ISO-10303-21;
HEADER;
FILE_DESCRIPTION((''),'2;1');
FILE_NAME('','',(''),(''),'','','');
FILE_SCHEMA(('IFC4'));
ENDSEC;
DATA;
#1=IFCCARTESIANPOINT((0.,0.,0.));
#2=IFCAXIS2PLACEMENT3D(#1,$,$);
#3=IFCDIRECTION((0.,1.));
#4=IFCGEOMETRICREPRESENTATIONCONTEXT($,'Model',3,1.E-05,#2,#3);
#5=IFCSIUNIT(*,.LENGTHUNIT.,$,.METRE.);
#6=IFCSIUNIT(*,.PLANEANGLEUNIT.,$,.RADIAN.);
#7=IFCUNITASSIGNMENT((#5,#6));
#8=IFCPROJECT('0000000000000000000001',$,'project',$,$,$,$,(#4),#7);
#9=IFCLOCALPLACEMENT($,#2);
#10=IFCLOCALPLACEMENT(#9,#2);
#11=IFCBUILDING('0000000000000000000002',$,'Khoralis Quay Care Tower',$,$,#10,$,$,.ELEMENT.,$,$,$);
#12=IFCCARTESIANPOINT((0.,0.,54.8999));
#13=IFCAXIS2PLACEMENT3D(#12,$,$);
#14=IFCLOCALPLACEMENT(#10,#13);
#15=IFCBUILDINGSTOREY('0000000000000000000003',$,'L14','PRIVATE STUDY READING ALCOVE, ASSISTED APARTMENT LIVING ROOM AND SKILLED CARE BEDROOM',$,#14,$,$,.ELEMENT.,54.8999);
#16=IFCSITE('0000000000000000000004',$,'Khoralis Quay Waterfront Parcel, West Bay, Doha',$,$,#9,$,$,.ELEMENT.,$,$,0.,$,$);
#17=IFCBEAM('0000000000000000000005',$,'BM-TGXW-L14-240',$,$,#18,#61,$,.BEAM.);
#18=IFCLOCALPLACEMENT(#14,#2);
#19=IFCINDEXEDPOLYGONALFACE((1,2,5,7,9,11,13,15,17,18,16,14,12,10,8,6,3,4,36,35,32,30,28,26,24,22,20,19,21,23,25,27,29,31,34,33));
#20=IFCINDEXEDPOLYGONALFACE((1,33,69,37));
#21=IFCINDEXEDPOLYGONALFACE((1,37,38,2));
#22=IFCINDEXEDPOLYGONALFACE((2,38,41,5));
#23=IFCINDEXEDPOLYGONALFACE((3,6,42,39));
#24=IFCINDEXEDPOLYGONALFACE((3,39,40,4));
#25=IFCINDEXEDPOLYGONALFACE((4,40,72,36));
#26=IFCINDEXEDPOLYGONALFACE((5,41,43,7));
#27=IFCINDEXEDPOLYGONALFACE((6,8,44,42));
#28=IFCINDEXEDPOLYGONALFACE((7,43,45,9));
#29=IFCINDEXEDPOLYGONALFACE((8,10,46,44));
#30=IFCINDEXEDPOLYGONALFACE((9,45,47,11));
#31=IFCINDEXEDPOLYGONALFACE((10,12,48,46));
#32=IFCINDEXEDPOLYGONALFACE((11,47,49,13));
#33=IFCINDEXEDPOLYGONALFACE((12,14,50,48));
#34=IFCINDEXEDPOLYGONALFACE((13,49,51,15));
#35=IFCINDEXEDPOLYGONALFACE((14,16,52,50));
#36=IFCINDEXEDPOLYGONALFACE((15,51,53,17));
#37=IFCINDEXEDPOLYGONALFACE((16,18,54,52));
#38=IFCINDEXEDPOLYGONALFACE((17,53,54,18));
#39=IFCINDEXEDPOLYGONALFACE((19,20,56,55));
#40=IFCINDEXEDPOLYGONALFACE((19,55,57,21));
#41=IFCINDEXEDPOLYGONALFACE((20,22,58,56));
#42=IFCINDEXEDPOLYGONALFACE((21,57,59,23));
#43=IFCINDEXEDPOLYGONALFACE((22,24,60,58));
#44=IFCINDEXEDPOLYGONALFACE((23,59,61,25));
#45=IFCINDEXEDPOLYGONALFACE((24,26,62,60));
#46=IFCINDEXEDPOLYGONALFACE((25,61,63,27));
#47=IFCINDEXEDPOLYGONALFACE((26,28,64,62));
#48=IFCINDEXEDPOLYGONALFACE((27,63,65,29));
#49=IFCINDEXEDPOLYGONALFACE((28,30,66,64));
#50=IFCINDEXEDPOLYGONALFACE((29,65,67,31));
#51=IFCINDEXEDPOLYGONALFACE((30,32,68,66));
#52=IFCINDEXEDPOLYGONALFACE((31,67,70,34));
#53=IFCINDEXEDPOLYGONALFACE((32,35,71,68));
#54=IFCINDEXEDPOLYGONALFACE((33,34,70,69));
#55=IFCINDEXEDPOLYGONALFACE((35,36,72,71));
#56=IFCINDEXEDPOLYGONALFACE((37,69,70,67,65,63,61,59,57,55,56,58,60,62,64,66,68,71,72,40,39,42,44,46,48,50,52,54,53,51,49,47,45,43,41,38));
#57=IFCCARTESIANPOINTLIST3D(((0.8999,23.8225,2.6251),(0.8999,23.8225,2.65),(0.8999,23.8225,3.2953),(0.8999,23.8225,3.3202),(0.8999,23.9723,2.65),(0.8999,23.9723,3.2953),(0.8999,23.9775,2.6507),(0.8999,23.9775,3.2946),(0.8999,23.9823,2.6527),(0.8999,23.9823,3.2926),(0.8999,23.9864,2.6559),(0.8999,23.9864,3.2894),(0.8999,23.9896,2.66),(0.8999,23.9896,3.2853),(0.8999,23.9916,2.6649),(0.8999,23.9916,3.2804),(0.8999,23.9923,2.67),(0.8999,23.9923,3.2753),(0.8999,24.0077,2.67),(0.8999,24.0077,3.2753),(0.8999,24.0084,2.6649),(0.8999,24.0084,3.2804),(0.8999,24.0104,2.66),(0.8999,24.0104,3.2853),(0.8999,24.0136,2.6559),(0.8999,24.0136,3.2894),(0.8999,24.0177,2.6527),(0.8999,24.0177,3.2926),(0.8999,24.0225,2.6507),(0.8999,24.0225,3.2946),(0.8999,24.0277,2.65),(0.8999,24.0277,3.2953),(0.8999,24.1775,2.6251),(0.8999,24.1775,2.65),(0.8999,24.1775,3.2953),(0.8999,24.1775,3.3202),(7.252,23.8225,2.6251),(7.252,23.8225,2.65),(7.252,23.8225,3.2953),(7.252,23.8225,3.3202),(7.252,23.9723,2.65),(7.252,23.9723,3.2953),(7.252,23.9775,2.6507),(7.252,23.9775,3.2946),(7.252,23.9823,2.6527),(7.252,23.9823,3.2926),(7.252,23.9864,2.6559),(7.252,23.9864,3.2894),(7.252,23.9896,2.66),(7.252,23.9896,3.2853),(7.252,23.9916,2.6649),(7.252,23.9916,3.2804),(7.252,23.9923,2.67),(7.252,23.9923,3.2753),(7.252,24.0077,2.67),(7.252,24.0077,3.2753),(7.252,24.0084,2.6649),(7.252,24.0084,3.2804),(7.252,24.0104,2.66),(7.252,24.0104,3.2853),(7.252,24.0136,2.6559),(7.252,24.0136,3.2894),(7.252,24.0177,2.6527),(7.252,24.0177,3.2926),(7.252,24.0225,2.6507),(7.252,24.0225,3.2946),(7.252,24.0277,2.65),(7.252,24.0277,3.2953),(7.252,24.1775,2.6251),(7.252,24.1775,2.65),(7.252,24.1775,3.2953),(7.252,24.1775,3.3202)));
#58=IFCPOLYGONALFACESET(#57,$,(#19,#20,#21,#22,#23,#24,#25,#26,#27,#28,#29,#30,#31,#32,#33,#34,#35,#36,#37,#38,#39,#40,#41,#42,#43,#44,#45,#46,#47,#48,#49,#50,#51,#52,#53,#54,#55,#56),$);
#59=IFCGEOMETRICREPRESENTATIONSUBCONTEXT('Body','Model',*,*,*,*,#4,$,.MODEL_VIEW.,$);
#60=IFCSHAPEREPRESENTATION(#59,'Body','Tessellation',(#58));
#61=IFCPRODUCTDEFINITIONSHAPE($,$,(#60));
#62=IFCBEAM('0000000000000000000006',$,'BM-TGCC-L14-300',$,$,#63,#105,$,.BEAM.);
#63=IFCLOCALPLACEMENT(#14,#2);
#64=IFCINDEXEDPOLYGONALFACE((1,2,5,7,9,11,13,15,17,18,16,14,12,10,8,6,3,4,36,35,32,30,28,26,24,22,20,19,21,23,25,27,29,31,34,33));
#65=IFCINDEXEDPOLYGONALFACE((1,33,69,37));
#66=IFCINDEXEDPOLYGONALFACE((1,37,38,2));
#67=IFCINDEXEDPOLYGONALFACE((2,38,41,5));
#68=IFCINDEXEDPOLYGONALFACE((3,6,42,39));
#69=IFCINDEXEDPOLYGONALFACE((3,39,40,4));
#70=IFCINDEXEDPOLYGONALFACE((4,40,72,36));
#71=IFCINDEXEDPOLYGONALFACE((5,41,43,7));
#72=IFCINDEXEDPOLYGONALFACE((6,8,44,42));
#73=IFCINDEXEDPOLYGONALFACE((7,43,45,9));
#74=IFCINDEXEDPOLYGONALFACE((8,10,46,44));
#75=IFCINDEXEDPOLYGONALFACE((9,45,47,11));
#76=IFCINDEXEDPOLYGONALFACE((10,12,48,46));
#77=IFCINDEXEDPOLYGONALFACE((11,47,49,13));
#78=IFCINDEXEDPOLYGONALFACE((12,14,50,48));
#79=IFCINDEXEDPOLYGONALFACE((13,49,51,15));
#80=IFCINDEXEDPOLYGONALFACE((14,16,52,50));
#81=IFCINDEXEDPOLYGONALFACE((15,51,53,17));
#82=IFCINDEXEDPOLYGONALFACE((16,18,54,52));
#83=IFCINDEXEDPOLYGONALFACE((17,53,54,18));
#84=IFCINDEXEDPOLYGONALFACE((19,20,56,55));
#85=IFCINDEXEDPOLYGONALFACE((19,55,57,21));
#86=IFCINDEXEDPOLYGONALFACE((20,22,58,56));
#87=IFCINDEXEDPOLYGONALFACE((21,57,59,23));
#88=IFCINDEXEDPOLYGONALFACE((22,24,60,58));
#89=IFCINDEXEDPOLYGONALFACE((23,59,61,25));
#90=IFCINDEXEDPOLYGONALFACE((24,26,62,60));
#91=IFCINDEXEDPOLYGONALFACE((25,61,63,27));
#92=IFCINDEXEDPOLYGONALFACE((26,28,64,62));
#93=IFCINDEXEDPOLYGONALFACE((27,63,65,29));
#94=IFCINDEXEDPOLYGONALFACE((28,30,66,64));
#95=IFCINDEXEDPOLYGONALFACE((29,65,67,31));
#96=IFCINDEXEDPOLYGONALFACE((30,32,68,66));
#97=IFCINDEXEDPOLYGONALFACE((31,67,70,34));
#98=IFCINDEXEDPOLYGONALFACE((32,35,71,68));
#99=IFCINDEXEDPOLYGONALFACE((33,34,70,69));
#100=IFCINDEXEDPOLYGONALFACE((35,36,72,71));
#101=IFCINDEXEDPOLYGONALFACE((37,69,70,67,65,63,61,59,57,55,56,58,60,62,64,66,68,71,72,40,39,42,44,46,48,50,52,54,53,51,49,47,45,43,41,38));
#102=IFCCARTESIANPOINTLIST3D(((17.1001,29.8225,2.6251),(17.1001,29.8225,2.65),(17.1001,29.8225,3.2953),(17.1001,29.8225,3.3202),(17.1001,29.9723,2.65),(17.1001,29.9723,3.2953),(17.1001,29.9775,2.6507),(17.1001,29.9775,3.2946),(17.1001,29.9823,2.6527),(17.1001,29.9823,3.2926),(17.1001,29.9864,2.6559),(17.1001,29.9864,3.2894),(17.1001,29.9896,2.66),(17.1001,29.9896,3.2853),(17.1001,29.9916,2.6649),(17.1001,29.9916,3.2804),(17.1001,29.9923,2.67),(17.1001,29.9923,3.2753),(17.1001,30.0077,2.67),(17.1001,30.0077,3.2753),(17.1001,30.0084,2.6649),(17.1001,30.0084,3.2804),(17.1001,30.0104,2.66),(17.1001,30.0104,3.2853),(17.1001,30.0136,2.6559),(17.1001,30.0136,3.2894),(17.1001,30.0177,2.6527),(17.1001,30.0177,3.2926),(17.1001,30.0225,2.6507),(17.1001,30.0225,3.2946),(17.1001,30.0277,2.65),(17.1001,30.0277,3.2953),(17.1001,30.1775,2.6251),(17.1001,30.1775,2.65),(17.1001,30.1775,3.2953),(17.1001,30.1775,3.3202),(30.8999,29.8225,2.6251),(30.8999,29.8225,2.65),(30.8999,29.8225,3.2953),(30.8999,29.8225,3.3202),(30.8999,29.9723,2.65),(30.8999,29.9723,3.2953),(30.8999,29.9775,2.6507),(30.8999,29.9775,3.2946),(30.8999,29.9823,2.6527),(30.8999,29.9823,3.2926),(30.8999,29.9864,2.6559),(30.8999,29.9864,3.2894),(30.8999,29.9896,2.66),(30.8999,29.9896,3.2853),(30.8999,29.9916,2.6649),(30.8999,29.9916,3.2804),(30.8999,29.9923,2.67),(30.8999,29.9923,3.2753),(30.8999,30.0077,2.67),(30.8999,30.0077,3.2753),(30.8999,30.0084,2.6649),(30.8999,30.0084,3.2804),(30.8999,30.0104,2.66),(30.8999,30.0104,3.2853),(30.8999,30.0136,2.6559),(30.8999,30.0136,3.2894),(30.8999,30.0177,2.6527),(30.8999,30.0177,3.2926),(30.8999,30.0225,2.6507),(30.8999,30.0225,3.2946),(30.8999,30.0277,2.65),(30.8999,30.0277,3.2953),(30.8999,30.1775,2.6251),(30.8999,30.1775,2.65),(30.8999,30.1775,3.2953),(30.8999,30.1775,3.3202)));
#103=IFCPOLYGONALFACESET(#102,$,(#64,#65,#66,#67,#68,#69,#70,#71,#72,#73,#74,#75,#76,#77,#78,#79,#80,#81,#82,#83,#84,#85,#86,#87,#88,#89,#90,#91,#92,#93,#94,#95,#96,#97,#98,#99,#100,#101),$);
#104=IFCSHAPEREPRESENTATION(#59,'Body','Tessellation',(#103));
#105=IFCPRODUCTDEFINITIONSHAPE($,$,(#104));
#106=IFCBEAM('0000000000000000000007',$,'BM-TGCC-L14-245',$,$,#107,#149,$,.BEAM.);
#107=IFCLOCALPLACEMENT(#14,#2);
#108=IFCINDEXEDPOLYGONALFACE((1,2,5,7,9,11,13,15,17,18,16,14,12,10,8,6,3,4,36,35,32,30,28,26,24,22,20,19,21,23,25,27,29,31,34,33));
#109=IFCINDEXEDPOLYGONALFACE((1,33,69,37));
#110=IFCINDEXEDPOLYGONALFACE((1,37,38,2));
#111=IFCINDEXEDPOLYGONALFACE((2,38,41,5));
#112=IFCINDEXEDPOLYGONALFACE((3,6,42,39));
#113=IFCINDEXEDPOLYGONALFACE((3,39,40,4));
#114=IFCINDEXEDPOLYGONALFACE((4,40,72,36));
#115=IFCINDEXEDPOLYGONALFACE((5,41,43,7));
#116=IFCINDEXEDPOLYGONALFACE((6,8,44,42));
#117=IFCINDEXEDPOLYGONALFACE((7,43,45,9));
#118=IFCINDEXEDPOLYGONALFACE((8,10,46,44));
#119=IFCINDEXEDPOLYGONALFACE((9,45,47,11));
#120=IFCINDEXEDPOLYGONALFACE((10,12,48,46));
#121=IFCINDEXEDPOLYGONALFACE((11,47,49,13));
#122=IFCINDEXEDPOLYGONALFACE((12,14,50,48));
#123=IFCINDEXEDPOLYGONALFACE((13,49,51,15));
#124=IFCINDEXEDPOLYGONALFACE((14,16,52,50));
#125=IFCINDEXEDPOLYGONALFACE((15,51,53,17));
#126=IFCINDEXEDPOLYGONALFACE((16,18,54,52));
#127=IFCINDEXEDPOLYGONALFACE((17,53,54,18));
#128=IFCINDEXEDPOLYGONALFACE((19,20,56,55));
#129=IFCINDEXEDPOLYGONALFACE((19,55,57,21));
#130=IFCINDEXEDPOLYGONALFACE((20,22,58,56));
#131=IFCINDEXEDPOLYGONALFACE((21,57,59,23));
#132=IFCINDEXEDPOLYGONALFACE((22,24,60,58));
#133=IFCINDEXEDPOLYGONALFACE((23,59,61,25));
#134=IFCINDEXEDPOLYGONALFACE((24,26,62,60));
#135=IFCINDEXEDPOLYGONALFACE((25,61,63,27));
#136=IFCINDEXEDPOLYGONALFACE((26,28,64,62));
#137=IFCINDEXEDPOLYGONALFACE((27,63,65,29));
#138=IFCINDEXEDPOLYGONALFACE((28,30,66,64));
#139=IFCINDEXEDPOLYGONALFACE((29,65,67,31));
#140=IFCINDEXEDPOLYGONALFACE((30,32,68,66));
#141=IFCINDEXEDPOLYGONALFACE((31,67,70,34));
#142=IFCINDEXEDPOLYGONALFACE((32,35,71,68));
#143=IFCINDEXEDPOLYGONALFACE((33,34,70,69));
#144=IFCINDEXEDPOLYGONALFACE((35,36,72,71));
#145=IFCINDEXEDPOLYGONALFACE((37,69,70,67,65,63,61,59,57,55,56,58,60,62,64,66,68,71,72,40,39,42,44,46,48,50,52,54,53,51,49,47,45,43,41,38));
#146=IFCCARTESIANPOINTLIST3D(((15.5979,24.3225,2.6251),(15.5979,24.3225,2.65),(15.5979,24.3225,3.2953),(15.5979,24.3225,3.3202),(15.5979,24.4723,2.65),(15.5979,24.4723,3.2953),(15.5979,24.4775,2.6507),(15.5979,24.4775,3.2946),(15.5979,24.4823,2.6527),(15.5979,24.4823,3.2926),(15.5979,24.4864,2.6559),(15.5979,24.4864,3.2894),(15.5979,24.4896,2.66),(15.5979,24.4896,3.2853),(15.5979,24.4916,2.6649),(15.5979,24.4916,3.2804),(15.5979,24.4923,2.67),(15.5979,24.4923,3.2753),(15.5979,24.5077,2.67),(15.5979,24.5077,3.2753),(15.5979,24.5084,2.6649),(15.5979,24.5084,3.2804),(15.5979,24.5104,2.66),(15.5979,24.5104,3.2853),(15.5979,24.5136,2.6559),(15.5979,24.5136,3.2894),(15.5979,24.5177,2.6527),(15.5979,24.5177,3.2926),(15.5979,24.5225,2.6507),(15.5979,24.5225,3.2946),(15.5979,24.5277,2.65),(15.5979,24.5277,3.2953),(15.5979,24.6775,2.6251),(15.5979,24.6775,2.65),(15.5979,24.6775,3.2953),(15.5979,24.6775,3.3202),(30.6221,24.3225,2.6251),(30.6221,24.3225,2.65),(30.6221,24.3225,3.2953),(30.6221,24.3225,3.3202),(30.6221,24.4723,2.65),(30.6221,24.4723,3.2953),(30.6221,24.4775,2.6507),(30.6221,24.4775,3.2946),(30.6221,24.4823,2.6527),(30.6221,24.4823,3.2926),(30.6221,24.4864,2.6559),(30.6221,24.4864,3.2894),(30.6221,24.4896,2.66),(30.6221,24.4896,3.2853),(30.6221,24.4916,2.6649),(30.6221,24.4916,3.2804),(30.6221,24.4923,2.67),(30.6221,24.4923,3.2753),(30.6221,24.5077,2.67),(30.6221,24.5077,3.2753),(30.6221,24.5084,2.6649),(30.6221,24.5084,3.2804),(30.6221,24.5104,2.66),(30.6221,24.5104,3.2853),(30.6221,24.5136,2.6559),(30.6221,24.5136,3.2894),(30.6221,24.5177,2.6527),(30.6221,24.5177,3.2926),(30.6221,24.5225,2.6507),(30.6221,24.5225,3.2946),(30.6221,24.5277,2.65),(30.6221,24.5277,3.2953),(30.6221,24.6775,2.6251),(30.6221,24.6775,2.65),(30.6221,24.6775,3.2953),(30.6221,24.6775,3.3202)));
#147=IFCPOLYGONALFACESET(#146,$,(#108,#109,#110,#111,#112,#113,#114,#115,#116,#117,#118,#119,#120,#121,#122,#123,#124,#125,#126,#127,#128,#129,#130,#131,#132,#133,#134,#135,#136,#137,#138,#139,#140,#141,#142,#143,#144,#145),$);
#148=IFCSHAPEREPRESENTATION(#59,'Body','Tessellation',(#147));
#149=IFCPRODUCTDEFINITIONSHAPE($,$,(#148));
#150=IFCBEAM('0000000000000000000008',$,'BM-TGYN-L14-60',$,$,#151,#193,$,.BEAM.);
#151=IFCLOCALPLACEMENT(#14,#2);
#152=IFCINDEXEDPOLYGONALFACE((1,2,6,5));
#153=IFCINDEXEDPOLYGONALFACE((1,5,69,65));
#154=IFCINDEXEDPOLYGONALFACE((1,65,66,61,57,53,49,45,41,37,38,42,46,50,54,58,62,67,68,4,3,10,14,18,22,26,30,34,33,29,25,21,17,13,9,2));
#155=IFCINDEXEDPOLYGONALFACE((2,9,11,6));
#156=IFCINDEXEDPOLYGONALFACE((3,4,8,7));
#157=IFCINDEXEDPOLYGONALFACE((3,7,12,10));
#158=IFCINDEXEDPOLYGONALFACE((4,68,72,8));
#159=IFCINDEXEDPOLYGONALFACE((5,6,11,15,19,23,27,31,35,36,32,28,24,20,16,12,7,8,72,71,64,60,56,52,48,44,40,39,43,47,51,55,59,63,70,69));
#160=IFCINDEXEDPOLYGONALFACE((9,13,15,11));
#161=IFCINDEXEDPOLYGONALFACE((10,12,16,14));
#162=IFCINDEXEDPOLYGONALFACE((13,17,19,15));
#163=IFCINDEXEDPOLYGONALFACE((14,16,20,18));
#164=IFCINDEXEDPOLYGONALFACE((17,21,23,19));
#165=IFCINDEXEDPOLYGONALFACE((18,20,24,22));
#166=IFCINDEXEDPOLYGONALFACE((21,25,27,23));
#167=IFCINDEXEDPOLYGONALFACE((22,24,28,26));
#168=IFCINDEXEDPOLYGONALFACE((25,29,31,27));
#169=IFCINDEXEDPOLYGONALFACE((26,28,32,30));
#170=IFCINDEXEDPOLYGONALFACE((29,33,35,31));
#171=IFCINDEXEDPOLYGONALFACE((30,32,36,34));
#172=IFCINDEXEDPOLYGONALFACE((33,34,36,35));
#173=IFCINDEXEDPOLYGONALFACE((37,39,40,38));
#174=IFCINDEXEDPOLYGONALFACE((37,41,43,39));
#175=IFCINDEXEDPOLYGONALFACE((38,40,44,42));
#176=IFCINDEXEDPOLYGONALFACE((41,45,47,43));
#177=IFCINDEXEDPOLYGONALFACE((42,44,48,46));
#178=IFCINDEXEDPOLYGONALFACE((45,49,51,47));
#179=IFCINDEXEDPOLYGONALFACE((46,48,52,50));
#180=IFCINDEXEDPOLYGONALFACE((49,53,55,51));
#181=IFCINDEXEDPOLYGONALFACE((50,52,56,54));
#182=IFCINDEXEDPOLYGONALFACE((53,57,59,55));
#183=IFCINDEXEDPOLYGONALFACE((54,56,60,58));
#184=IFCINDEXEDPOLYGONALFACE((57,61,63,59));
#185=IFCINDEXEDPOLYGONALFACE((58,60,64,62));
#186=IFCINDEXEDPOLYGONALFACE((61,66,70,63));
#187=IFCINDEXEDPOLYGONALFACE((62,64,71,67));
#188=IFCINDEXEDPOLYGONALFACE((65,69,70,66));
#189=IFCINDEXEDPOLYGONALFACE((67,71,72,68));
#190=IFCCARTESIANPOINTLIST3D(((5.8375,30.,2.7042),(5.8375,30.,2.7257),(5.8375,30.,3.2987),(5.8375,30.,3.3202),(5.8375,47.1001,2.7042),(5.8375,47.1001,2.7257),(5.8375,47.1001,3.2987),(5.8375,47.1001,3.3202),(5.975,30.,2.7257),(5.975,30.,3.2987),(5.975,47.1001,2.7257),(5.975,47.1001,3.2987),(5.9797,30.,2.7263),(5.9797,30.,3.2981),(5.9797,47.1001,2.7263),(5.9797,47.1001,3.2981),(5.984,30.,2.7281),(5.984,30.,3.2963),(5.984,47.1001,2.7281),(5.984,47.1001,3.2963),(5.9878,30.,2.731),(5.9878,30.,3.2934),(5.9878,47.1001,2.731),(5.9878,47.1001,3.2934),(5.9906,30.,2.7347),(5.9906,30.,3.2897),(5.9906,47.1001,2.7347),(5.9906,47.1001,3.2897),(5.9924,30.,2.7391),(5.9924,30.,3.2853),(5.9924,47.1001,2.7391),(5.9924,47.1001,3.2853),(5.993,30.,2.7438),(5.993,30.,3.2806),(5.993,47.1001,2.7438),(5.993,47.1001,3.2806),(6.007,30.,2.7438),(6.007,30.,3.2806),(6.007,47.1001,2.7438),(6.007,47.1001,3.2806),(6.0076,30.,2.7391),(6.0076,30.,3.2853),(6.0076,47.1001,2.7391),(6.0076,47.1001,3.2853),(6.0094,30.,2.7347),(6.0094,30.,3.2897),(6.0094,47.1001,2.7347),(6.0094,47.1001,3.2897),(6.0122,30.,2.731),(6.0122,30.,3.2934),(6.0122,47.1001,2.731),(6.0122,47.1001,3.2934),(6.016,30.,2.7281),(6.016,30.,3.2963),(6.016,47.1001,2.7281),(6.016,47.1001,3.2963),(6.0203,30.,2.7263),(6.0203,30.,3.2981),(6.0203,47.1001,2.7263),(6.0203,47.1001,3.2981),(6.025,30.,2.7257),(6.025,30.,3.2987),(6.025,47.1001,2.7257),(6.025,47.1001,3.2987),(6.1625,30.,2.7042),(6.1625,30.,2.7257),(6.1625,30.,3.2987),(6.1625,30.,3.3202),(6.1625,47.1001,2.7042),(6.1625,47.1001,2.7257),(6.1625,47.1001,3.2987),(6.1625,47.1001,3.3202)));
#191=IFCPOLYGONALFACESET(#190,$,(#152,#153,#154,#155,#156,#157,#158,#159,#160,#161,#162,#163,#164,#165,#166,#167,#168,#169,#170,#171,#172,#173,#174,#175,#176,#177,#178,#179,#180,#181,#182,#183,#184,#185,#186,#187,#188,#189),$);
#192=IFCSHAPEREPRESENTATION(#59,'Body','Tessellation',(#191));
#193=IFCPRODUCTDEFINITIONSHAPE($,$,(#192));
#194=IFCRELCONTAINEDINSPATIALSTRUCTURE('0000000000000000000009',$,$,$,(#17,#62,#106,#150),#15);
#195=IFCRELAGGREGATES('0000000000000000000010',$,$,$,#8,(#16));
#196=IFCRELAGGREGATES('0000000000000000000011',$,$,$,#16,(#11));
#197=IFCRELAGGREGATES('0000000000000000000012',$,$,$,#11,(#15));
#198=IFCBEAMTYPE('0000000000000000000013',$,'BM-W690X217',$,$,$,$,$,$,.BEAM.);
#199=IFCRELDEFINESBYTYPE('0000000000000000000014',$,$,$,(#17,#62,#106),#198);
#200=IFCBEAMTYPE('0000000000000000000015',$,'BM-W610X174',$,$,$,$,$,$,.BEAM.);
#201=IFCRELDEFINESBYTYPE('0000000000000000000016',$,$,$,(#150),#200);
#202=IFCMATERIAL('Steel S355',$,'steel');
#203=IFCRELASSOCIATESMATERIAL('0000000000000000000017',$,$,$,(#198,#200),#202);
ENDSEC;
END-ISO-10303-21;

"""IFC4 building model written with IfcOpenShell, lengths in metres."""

from ifc_helpers import new_model, si_unit, direction, frame, origin, origin_2d, place, context, subcontext, project, spatial, i_section, extrude, source, transform, mapped, material, material_profile, profile_set, type_object, element, save


model = new_model("IFC4")

# Units and contexts
model_context = context("Model", 3, precision=1e-05, world=origin(), true_north=direction((0.0, 1.0)))
body_context = subcontext(model_context, "Body", "Model", "MODEL_VIEW")
ifc_project = project(units=[si_unit("LENGTHUNIT", "METRE"), si_unit("PLANEANGLEUNIT", "RADIAN")], contexts=[model_context])

# Site, building, storey
site_placement = place(None, origin())
site = spatial("IfcSite", under=ifc_project, at=site_placement, Name="Khoralis Quay Waterfront Parcel, West Bay, Doha", CompositionType="ELEMENT", RefElevation=0.0)
building_placement = place(site_placement, origin())
building = spatial("IfcBuilding", under=site, at=building_placement, Name="Khoralis Quay Care Tower", CompositionType="ELEMENT")
storey_placement = place(building_placement, frame((0.0, 0.0, 54.8999)))
storey = spatial("IfcBuildingStorey", under=building, at=storey_placement, Name="L14", Description="PRIVATE STUDY READING ALCOVE, ASSISTED APARTMENT LIVING ROOM AND SKILLED CARE BEDROOM", CompositionType="ELEMENT", Elevation=54.8999)

# Beams
ifc_material_1 = material(Name="Steel S355", Category="steel")
ifc_material_profile_1 = material_profile(ifc_material_1, i_section(OverallWidth=0.355, OverallDepth=0.6951, WebThickness=0.0154, FlangeThickness=0.0249, FilletRadius=0.02, at=origin_2d()), Name="Steel S355")
ifc_profile_set_1 = profile_set([ifc_material_profile_1], Name="Steel S355")
beam_type_1 = type_object("IfcBeamType", Name="BM-W690X217", PredefinedType="BEAM", material=ifc_profile_set_1)
shared_shape_1 = source(origin(), body_context, "Body", "SweptSolid", [
    extrude(i_section(OverallWidth=0.355, OverallDepth=0.6951, WebThickness=0.0154, FlangeThickness=0.0249, FilletRadius=0.02, at=origin_2d()), origin(), (0.0, 0.0, 1.0), 6.3521),
])
beam_1_placement = place(storey_placement, frame((0.8999, 24.0, 2.9727), z_axis=(1.0, 0.0, 0.0), x_axis=(0.0, 1.0, 0.0)))
element("IfcBeam", 1, at=beam_1_placement, inside=storey, type_object=beam_type_1, Name="BM-TGXW-L14-240", PredefinedType="BEAM", context=body_context, shape_type="MappedRepresentation", body=[
    mapped(shared_shape_1, transform((0.0, 0.0, 0.0), scale=1.0)),
])
shared_shape_2 = source(origin(), body_context, "Body", "SweptSolid", [
    extrude(i_section(OverallWidth=0.355, OverallDepth=0.6951, WebThickness=0.0154, FlangeThickness=0.0249, FilletRadius=0.02, at=origin_2d()), origin(), (0.0, 0.0, 1.0), 13.7998),
])
beam_2_placement = place(storey_placement, frame((17.1001, 30.0, 2.9727), z_axis=(1.0, 0.0, 0.0), x_axis=(0.0, 1.0, 0.0)))
element("IfcBeam", 2, at=beam_2_placement, inside=storey, type_object=beam_type_1, Name="BM-TGCC-L14-300", PredefinedType="BEAM", context=body_context, shape_type="MappedRepresentation", body=[
    mapped(shared_shape_2, transform((0.0, 0.0, 0.0), scale=1.0)),
])
shared_shape_3 = source(origin(), body_context, "Body", "SweptSolid", [
    extrude(i_section(OverallWidth=0.355, OverallDepth=0.6951, WebThickness=0.0154, FlangeThickness=0.0249, FilletRadius=0.02, at=origin_2d()), origin(), (0.0, 0.0, 1.0), 15.0242),
])
beam_3_placement = place(storey_placement, frame((15.5979, 24.5, 2.9727), z_axis=(1.0, 0.0, 0.0), x_axis=(0.0, 1.0, 0.0)))
element("IfcBeam", 3, at=beam_3_placement, inside=storey, type_object=beam_type_1, Name="BM-TGCC-L14-245", PredefinedType="BEAM", context=body_context, shape_type="MappedRepresentation", body=[
    mapped(shared_shape_3, transform((0.0, 0.0, 0.0), scale=1.0)),
])
ifc_material_profile_2 = material_profile(ifc_material_1, i_section(OverallWidth=0.325, OverallDepth=0.616, WebThickness=0.0139, FlangeThickness=0.0215, FilletRadius=0.0181, at=origin_2d()), Name="Steel S355")
ifc_profile_set_2 = profile_set([ifc_material_profile_2], Name="Steel S355")
beam_type_2 = type_object("IfcBeamType", Name="BM-W610X174", PredefinedType="BEAM", material=ifc_profile_set_2)
shared_shape_4 = source(origin(), body_context, "Body", "SweptSolid", [
    extrude(i_section(OverallWidth=0.325, OverallDepth=0.616, WebThickness=0.0139, FlangeThickness=0.0215, FilletRadius=0.0181, at=origin_2d()), origin(), (0.0, 0.0, 1.0), 17.1001),
])
for number, where, z_axis, x_axis, name in (
    (4, (6.0, 30.0, 3.0122), (0.0, 1.0, 0.0), (-1.0, 0.0, 0.0), "BM-TGYN-L14-60"),
):
    element("IfcBeam", number, at=place(storey_placement, frame(where, z_axis=z_axis, x_axis=x_axis)), inside=storey, type_object=beam_type_2, Name=name, PredefinedType="BEAM", context=body_context, shape_type="MappedRepresentation", body=[
        mapped(shared_shape_4, transform((0.0, 0.0, 0.0), scale=1.0)),
    ])

save(model, "model.ifc")
